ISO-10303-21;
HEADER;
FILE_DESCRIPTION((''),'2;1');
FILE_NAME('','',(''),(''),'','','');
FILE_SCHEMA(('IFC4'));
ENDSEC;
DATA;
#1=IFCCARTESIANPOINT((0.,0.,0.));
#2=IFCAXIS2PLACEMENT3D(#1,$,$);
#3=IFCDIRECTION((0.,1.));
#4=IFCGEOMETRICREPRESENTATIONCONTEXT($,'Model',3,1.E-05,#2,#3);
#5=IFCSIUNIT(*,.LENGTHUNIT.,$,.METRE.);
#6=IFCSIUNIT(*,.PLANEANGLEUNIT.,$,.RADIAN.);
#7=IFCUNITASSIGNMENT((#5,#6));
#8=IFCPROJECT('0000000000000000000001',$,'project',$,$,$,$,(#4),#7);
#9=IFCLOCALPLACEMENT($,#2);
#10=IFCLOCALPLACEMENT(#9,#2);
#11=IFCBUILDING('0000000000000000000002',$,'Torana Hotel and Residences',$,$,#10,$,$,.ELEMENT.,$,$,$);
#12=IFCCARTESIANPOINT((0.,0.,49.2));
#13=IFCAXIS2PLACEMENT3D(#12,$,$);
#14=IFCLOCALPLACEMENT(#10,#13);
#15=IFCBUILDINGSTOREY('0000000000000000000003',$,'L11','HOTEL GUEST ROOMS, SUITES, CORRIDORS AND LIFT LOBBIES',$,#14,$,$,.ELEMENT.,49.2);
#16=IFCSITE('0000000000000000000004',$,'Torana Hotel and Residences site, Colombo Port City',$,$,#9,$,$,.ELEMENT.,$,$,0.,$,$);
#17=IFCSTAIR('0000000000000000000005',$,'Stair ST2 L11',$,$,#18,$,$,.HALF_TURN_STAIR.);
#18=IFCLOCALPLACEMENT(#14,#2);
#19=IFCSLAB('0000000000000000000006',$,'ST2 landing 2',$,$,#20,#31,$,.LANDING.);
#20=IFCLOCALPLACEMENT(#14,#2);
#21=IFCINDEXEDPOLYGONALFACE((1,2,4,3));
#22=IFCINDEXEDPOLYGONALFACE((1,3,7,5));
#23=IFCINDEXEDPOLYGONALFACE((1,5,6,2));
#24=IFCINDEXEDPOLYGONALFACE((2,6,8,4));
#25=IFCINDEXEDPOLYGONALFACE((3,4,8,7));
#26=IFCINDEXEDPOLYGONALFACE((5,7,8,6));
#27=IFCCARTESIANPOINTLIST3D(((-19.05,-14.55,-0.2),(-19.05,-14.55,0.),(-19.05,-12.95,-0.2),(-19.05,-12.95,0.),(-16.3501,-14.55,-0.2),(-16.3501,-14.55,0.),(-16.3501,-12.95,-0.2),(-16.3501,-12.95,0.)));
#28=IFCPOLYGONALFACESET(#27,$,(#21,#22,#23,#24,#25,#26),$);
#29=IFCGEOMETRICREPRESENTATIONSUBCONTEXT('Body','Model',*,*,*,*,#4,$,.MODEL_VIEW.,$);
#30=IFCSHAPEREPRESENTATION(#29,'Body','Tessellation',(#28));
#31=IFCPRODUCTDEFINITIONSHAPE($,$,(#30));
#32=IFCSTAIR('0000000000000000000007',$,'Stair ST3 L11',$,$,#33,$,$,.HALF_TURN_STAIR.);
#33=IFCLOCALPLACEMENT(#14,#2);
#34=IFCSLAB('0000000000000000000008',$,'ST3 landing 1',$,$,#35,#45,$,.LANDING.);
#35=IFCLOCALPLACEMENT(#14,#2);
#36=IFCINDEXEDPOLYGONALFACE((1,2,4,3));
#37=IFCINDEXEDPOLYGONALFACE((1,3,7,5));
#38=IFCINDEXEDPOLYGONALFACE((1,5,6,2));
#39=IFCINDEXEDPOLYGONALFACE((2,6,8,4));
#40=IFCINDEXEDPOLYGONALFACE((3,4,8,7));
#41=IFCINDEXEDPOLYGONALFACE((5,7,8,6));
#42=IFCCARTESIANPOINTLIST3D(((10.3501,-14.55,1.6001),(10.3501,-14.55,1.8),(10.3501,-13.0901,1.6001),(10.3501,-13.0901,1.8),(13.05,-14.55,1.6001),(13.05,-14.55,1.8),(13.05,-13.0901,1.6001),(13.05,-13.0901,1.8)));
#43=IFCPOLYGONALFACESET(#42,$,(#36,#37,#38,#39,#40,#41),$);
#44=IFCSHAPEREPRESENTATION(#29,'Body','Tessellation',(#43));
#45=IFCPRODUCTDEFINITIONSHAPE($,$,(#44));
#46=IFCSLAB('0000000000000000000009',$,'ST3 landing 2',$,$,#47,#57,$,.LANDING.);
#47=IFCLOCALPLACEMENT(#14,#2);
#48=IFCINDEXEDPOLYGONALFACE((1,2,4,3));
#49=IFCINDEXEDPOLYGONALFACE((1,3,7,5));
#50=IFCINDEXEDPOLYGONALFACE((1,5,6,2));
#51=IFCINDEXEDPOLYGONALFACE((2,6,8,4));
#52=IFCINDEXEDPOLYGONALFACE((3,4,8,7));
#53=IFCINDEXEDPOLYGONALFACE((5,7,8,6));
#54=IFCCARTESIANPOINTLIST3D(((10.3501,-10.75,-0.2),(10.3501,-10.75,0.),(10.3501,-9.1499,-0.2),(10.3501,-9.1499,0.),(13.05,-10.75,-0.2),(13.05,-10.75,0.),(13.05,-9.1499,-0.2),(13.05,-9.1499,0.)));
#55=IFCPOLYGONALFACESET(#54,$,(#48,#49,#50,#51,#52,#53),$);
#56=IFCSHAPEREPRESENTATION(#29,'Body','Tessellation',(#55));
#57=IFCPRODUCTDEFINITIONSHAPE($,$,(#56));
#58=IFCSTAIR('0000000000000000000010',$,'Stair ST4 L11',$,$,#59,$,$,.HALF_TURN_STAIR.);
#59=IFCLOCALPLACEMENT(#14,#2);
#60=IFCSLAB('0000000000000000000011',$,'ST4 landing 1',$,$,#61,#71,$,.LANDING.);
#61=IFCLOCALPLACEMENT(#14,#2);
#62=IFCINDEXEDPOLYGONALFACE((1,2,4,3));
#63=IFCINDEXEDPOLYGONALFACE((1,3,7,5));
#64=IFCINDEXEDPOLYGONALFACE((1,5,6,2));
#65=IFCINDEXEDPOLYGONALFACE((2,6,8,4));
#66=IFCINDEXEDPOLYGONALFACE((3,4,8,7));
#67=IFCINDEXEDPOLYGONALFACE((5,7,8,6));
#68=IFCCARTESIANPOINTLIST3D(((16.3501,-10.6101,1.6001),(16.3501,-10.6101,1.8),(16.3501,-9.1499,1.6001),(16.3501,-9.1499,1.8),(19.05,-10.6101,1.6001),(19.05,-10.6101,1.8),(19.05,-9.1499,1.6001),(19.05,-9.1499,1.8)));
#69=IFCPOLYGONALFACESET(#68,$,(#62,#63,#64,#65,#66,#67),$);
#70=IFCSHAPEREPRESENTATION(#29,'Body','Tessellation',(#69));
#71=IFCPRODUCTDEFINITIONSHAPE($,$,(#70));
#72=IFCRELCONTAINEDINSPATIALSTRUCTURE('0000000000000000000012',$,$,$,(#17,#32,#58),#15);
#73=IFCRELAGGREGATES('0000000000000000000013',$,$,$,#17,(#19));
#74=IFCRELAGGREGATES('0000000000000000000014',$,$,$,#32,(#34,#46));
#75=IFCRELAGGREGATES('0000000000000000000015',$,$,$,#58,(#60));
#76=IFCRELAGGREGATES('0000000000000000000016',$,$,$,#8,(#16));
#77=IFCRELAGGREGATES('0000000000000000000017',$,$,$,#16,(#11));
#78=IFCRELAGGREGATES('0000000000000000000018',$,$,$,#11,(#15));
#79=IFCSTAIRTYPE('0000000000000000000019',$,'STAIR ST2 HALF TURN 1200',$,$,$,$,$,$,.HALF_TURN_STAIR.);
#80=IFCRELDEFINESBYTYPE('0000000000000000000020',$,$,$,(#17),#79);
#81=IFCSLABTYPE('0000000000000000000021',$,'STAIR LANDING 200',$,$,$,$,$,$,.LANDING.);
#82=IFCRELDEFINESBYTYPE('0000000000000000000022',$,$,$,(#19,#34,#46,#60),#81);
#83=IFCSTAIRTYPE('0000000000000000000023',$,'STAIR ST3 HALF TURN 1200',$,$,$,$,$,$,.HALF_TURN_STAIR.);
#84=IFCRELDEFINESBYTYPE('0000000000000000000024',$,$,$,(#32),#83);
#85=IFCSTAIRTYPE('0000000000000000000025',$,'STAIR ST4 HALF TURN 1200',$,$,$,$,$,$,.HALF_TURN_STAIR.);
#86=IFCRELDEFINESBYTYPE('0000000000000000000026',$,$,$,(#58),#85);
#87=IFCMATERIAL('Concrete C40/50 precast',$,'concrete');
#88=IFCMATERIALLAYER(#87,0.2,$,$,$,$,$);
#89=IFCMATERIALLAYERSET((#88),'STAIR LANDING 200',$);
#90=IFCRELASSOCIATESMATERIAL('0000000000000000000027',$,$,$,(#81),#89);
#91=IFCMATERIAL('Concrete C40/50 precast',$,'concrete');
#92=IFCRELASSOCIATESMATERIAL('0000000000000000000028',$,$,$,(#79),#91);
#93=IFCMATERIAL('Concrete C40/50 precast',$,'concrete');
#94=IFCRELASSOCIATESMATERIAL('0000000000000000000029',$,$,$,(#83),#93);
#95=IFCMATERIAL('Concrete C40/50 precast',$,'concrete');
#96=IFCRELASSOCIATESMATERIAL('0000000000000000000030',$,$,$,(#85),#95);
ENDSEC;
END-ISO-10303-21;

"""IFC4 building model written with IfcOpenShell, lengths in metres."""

from ifc_helpers import new_model, si_unit, direction, frame, origin, place, context, subcontext, project, spatial, polyline, outline, extrude, material, layer, layer_set, type_object, element, aggregate, save


model = new_model("IFC4")

# Units and contexts
model_context = context("Model", 3, precision=1e-05, world=origin(), true_north=direction((0.0, 1.0)))
body_context = subcontext(model_context, "Body", "Model", "MODEL_VIEW")
ifc_project = project(units=[si_unit("LENGTHUNIT", "METRE"), si_unit("PLANEANGLEUNIT", "RADIAN")], contexts=[model_context])

# Site, building, storey
site_placement = place(None, origin())
site = spatial("IfcSite", under=ifc_project, at=site_placement, Name="Torana Hotel and Residences site, Colombo Port City", CompositionType="ELEMENT", RefElevation=0.0)
building_placement = place(site_placement, origin())
building = spatial("IfcBuilding", under=site, at=building_placement, Name="Torana Hotel and Residences", CompositionType="ELEMENT")
storey_placement = place(building_placement, frame((0.0, 0.0, 49.2)))
storey = spatial("IfcBuildingStorey", under=building, at=storey_placement, Name="L11", Description="HOTEL GUEST ROOMS, SUITES, CORRIDORS AND LIFT LOBBIES", CompositionType="ELEMENT", Elevation=49.2)

# Stairs, slabs
ifc_material_1 = material(Name="Concrete C40/50 precast", Category="concrete")
ifc_layer_1 = layer(ifc_material_1, 0.2)
ifc_layer_set_1 = layer_set([ifc_layer_1], Name="STAIR LANDING 200")
slab_type_1 = type_object("IfcSlabType", Name="STAIR LANDING 200", PredefinedType="LANDING", material=ifc_layer_set_1)
ifc_material_2 = material(Name="Concrete C40/50 precast", Category="concrete")
stair_type_1 = type_object("IfcStairType", Name="STAIR ST2 HALF TURN 1200", PredefinedType="HALF_TURN_STAIR", material=ifc_material_2)
stair_1_placement = place(storey_placement, origin())
stair_1 = element("IfcStair", 1, at=stair_1_placement, inside=storey, type_object=stair_type_1, Name="Stair ST2 L11", PredefinedType="HALF_TURN_STAIR")
slab_1_placement = place(storey_placement, frame((0.0, 0.0, -0.2)))
slab_1 = element("IfcSlab", 2, at=slab_1_placement, type_object=slab_type_1, Name="ST2 landing 2", PredefinedType="LANDING", context=body_context, shape_type="SweptSolid", body=[
    extrude(outline(polyline([(-19.05, -14.55), (-16.3501, -14.55), (-16.3501, -12.95), (-19.05, -12.95), (-19.05, -14.55)])), origin(), (0.0, 0.0, 1.0), 0.2),
])
aggregate(stair_1, [slab_1])
ifc_material_3 = material(Name="Concrete C40/50 precast", Category="concrete")
stair_type_2 = type_object("IfcStairType", Name="STAIR ST3 HALF TURN 1200", PredefinedType="HALF_TURN_STAIR", material=ifc_material_3)
stair_2_placement = place(storey_placement, origin())
stair_2 = element("IfcStair", 3, at=stair_2_placement, inside=storey, type_object=stair_type_2, Name="Stair ST3 L11", PredefinedType="HALF_TURN_STAIR")
slab_2_placement = place(storey_placement, frame((0.0, 0.0, 1.6001)))
slab_2 = element("IfcSlab", 4, at=slab_2_placement, type_object=slab_type_1, Name="ST3 landing 1", PredefinedType="LANDING", context=body_context, shape_type="SweptSolid", body=[
    extrude(outline(polyline([(10.3501, -14.55), (13.05, -14.55), (13.05, -13.0901), (10.3501, -13.0901), (10.3501, -14.55)])), origin(), (0.0, 0.0, 1.0), 0.2),
])
slab_3_placement = place(storey_placement, frame((0.0, 0.0, -0.2)))
slab_3 = element("IfcSlab", 5, at=slab_3_placement, type_object=slab_type_1, Name="ST3 landing 2", PredefinedType="LANDING", context=body_context, shape_type="SweptSolid", body=[
    extrude(outline(polyline([(10.3501, -10.75), (13.05, -10.75), (13.05, -9.1499), (10.3501, -9.1499), (10.3501, -10.75)])), origin(), (0.0, 0.0, 1.0), 0.2),
])
aggregate(stair_2, [slab_2, slab_3])

# Stair, slab
ifc_material_4 = material(Name="Concrete C40/50 precast", Category="concrete")
stair_type_3 = type_object("IfcStairType", Name="STAIR ST4 HALF TURN 1200", PredefinedType="HALF_TURN_STAIR", material=ifc_material_4)
stair_3_placement = place(storey_placement, origin())
stair_3 = element("IfcStair", 6, at=stair_3_placement, inside=storey, type_object=stair_type_3, Name="Stair ST4 L11", PredefinedType="HALF_TURN_STAIR")
slab_4_placement = place(storey_placement, frame((0.0, 0.0, 1.6001)))
slab_4 = element("IfcSlab", 7, at=slab_4_placement, type_object=slab_type_1, Name="ST4 landing 1", PredefinedType="LANDING", context=body_context, shape_type="SweptSolid", body=[
    extrude(outline(polyline([(16.3501, -10.6101), (19.05, -10.6101), (19.05, -9.1499), (16.3501, -9.1499), (16.3501, -10.6101)])), origin(), (0.0, 0.0, 1.0), 0.2),
])
aggregate(stair_3, [slab_4])

save(model, "model.ifc")
